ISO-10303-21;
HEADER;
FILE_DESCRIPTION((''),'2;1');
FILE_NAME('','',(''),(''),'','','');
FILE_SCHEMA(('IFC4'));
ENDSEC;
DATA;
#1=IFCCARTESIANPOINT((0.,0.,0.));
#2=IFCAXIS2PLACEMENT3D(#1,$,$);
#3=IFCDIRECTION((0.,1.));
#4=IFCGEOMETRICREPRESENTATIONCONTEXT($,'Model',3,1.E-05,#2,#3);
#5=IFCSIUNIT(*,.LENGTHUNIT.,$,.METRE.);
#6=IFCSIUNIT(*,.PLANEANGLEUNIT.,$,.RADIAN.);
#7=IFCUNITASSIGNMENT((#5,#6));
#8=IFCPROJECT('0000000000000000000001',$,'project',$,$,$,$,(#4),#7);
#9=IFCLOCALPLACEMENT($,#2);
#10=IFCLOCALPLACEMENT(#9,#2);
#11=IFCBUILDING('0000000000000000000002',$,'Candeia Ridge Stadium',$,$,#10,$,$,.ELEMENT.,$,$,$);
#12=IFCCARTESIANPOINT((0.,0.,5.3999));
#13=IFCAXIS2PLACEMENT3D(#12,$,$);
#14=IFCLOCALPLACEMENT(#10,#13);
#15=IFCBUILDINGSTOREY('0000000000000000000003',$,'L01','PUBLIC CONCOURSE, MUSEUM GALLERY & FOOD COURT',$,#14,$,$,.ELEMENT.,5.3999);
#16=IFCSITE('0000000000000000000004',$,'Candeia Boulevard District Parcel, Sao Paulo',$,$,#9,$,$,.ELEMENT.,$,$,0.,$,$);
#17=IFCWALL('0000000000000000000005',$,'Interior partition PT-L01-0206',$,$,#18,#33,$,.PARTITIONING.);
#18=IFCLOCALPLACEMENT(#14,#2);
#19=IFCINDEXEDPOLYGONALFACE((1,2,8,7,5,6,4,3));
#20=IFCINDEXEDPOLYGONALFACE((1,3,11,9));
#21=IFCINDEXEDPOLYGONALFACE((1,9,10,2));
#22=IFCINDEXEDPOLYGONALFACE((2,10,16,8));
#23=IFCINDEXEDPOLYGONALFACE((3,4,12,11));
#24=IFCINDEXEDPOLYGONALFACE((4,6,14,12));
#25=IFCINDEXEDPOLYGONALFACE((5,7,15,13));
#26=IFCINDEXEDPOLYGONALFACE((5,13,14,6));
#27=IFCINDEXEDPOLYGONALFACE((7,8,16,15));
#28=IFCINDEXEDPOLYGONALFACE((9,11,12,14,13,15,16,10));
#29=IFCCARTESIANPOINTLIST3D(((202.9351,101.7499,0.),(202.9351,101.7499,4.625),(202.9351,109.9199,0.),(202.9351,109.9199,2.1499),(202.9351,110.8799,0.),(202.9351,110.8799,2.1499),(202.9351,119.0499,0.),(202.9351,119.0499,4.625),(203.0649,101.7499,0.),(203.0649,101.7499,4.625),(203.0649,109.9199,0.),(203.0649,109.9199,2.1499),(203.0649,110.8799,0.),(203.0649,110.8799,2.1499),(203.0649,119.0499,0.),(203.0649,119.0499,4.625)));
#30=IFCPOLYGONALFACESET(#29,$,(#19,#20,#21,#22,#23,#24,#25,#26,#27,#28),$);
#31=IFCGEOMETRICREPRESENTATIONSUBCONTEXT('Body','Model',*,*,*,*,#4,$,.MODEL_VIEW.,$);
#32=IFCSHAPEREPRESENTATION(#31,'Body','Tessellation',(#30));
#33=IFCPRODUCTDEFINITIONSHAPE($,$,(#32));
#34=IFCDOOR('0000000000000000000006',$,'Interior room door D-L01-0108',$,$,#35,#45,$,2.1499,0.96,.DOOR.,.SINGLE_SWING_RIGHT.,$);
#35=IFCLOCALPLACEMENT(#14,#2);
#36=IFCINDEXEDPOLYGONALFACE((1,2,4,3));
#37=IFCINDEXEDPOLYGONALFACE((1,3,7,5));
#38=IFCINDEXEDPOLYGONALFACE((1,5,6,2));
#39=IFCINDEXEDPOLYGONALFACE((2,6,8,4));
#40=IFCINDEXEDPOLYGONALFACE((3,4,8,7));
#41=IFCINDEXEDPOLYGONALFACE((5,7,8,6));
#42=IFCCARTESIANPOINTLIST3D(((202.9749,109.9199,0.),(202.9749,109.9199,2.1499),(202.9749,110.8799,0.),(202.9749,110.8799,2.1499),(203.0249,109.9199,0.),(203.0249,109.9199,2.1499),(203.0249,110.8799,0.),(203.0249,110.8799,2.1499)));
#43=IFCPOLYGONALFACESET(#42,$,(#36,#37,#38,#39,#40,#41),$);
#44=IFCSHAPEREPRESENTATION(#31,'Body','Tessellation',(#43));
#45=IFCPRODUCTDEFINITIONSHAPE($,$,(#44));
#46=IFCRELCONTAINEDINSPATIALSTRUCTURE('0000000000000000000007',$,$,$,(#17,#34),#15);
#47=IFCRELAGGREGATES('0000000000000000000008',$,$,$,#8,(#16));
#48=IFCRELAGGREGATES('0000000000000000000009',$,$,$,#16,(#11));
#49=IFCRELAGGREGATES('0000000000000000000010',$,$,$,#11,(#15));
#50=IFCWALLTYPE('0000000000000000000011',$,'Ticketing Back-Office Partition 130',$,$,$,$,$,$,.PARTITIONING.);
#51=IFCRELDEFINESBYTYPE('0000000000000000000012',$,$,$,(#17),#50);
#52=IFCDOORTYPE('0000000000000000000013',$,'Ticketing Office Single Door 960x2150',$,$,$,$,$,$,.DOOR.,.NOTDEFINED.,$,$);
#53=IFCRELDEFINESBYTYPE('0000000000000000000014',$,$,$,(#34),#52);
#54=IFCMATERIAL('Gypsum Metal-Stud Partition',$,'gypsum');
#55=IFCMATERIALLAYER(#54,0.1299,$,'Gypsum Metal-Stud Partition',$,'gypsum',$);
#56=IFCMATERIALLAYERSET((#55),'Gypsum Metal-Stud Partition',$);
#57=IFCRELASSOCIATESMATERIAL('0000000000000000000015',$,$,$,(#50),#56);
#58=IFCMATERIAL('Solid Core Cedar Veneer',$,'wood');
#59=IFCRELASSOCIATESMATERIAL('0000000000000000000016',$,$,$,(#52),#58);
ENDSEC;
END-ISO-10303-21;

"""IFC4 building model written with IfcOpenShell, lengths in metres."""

from ifc_helpers import new_model, si_unit, direction, frame, frame_2d, origin, place, context, subcontext, project, spatial, rectangle, extrude, material, layer, layer_set, type_object, element, fill, save


model = new_model("IFC4")

# Units and contexts
model_context = context("Model", 3, precision=1e-05, world=origin(), true_north=direction((0.0, 1.0)))
body_context = subcontext(model_context, "Body", "Model", "MODEL_VIEW")
ifc_project = project(units=[si_unit("LENGTHUNIT", "METRE"), si_unit("PLANEANGLEUNIT", "RADIAN")], contexts=[model_context])

# Site, building, storey
site_placement = place(None, origin())
site = spatial("IfcSite", under=ifc_project, at=site_placement, Name="Candeia Boulevard District Parcel, Sao Paulo", CompositionType="ELEMENT", RefElevation=0.0)
building_placement = place(site_placement, origin())
building = spatial("IfcBuilding", under=site, at=building_placement, Name="Candeia Ridge Stadium", CompositionType="ELEMENT")
storey_placement = place(building_placement, frame((0.0, 0.0, 5.3999)))
storey = spatial("IfcBuildingStorey", under=building, at=storey_placement, Name="L01", Description="PUBLIC CONCOURSE, MUSEUM GALLERY & FOOD COURT", CompositionType="ELEMENT", Elevation=5.3999)

# Shared definitions
ifc_material_1 = material(Name="Gypsum Metal-Stud Partition", Category="gypsum")

# Wall, opening, door
ifc_layer_1 = layer(ifc_material_1, 0.1299, Name="Gypsum Metal-Stud Partition", Category="gypsum")
ifc_layer_set_1 = layer_set([ifc_layer_1], Name="Gypsum Metal-Stud Partition")
wall_type_1 = type_object("IfcWallType", Name="Ticketing Back-Office Partition 130", PredefinedType="PARTITIONING", material=ifc_layer_set_1)
wall_1_placement = place(storey_placement, frame((203.0, 101.75, 0.0), z_axis=(0.0, 0.0, 1.0), x_axis=(0.0, 1.0, 0.0)))
wall_1 = element("IfcWall", 1, at=wall_1_placement, inside=storey, type_object=wall_type_1, Name="Interior partition PT-L01-0206", PredefinedType="PARTITIONING", context=body_context, shape_type="SweptSolid", body=[
    extrude(rectangle(XDim=17.3, YDim=0.1299, at=frame_2d((8.6499, 0.0))), origin(), (0.0, 0.0, 1.0), 4.625),
])
opening_1_placement = place(wall_1_placement, frame((8.1699, 0.0, 0.0)))
opening_1 = element("IfcOpeningElement", 2, at=opening_1_placement, cuts=wall_1, PredefinedType="OPENING", context=body_context, shape_type="SweptSolid", body=[
    extrude(rectangle(XDim=0.96, YDim=2.1499, at=frame_2d((0.48, 1.075))), frame((0.0, 0.075, 0.0), z_axis=(0.0, -1.0, 0.0), x_axis=(1.0, 0.0, 0.0)), (0.0, 0.0, 1.0), 0.1499),
])
ifc_material_2 = material(Name="Solid Core Cedar Veneer", Category="wood")
door_type_1 = type_object("IfcDoorType", Name="Ticketing Office Single Door 960x2150", OperationType="NOTDEFINED", PredefinedType="DOOR", material=ifc_material_2)
door_1_placement = place(opening_1_placement, frame((0.96, 0.0, 0.0), z_axis=(0.0, 0.0, 1.0), x_axis=(-1.0, 0.0, 0.0)))
door_1 = element("IfcDoor", 3, at=door_1_placement, inside=storey, type_object=door_type_1, Name="Interior room door D-L01-0108", OperationType="SINGLE_SWING_RIGHT", OverallHeight=2.1499, OverallWidth=0.96, PredefinedType="DOOR", context=body_context, shape_type="SweptSolid", body=[
    extrude(rectangle(XDim=0.96, YDim=2.1499, at=frame_2d((0.48, 1.075))), frame((0.0, 0.0249, 0.0), z_axis=(0.0, -1.0, 0.0), x_axis=(1.0, 0.0, 0.0)), (0.0, 0.0, 1.0), 0.05),
])
fill(opening_1, door_1)

save(model, "model.ifc")
